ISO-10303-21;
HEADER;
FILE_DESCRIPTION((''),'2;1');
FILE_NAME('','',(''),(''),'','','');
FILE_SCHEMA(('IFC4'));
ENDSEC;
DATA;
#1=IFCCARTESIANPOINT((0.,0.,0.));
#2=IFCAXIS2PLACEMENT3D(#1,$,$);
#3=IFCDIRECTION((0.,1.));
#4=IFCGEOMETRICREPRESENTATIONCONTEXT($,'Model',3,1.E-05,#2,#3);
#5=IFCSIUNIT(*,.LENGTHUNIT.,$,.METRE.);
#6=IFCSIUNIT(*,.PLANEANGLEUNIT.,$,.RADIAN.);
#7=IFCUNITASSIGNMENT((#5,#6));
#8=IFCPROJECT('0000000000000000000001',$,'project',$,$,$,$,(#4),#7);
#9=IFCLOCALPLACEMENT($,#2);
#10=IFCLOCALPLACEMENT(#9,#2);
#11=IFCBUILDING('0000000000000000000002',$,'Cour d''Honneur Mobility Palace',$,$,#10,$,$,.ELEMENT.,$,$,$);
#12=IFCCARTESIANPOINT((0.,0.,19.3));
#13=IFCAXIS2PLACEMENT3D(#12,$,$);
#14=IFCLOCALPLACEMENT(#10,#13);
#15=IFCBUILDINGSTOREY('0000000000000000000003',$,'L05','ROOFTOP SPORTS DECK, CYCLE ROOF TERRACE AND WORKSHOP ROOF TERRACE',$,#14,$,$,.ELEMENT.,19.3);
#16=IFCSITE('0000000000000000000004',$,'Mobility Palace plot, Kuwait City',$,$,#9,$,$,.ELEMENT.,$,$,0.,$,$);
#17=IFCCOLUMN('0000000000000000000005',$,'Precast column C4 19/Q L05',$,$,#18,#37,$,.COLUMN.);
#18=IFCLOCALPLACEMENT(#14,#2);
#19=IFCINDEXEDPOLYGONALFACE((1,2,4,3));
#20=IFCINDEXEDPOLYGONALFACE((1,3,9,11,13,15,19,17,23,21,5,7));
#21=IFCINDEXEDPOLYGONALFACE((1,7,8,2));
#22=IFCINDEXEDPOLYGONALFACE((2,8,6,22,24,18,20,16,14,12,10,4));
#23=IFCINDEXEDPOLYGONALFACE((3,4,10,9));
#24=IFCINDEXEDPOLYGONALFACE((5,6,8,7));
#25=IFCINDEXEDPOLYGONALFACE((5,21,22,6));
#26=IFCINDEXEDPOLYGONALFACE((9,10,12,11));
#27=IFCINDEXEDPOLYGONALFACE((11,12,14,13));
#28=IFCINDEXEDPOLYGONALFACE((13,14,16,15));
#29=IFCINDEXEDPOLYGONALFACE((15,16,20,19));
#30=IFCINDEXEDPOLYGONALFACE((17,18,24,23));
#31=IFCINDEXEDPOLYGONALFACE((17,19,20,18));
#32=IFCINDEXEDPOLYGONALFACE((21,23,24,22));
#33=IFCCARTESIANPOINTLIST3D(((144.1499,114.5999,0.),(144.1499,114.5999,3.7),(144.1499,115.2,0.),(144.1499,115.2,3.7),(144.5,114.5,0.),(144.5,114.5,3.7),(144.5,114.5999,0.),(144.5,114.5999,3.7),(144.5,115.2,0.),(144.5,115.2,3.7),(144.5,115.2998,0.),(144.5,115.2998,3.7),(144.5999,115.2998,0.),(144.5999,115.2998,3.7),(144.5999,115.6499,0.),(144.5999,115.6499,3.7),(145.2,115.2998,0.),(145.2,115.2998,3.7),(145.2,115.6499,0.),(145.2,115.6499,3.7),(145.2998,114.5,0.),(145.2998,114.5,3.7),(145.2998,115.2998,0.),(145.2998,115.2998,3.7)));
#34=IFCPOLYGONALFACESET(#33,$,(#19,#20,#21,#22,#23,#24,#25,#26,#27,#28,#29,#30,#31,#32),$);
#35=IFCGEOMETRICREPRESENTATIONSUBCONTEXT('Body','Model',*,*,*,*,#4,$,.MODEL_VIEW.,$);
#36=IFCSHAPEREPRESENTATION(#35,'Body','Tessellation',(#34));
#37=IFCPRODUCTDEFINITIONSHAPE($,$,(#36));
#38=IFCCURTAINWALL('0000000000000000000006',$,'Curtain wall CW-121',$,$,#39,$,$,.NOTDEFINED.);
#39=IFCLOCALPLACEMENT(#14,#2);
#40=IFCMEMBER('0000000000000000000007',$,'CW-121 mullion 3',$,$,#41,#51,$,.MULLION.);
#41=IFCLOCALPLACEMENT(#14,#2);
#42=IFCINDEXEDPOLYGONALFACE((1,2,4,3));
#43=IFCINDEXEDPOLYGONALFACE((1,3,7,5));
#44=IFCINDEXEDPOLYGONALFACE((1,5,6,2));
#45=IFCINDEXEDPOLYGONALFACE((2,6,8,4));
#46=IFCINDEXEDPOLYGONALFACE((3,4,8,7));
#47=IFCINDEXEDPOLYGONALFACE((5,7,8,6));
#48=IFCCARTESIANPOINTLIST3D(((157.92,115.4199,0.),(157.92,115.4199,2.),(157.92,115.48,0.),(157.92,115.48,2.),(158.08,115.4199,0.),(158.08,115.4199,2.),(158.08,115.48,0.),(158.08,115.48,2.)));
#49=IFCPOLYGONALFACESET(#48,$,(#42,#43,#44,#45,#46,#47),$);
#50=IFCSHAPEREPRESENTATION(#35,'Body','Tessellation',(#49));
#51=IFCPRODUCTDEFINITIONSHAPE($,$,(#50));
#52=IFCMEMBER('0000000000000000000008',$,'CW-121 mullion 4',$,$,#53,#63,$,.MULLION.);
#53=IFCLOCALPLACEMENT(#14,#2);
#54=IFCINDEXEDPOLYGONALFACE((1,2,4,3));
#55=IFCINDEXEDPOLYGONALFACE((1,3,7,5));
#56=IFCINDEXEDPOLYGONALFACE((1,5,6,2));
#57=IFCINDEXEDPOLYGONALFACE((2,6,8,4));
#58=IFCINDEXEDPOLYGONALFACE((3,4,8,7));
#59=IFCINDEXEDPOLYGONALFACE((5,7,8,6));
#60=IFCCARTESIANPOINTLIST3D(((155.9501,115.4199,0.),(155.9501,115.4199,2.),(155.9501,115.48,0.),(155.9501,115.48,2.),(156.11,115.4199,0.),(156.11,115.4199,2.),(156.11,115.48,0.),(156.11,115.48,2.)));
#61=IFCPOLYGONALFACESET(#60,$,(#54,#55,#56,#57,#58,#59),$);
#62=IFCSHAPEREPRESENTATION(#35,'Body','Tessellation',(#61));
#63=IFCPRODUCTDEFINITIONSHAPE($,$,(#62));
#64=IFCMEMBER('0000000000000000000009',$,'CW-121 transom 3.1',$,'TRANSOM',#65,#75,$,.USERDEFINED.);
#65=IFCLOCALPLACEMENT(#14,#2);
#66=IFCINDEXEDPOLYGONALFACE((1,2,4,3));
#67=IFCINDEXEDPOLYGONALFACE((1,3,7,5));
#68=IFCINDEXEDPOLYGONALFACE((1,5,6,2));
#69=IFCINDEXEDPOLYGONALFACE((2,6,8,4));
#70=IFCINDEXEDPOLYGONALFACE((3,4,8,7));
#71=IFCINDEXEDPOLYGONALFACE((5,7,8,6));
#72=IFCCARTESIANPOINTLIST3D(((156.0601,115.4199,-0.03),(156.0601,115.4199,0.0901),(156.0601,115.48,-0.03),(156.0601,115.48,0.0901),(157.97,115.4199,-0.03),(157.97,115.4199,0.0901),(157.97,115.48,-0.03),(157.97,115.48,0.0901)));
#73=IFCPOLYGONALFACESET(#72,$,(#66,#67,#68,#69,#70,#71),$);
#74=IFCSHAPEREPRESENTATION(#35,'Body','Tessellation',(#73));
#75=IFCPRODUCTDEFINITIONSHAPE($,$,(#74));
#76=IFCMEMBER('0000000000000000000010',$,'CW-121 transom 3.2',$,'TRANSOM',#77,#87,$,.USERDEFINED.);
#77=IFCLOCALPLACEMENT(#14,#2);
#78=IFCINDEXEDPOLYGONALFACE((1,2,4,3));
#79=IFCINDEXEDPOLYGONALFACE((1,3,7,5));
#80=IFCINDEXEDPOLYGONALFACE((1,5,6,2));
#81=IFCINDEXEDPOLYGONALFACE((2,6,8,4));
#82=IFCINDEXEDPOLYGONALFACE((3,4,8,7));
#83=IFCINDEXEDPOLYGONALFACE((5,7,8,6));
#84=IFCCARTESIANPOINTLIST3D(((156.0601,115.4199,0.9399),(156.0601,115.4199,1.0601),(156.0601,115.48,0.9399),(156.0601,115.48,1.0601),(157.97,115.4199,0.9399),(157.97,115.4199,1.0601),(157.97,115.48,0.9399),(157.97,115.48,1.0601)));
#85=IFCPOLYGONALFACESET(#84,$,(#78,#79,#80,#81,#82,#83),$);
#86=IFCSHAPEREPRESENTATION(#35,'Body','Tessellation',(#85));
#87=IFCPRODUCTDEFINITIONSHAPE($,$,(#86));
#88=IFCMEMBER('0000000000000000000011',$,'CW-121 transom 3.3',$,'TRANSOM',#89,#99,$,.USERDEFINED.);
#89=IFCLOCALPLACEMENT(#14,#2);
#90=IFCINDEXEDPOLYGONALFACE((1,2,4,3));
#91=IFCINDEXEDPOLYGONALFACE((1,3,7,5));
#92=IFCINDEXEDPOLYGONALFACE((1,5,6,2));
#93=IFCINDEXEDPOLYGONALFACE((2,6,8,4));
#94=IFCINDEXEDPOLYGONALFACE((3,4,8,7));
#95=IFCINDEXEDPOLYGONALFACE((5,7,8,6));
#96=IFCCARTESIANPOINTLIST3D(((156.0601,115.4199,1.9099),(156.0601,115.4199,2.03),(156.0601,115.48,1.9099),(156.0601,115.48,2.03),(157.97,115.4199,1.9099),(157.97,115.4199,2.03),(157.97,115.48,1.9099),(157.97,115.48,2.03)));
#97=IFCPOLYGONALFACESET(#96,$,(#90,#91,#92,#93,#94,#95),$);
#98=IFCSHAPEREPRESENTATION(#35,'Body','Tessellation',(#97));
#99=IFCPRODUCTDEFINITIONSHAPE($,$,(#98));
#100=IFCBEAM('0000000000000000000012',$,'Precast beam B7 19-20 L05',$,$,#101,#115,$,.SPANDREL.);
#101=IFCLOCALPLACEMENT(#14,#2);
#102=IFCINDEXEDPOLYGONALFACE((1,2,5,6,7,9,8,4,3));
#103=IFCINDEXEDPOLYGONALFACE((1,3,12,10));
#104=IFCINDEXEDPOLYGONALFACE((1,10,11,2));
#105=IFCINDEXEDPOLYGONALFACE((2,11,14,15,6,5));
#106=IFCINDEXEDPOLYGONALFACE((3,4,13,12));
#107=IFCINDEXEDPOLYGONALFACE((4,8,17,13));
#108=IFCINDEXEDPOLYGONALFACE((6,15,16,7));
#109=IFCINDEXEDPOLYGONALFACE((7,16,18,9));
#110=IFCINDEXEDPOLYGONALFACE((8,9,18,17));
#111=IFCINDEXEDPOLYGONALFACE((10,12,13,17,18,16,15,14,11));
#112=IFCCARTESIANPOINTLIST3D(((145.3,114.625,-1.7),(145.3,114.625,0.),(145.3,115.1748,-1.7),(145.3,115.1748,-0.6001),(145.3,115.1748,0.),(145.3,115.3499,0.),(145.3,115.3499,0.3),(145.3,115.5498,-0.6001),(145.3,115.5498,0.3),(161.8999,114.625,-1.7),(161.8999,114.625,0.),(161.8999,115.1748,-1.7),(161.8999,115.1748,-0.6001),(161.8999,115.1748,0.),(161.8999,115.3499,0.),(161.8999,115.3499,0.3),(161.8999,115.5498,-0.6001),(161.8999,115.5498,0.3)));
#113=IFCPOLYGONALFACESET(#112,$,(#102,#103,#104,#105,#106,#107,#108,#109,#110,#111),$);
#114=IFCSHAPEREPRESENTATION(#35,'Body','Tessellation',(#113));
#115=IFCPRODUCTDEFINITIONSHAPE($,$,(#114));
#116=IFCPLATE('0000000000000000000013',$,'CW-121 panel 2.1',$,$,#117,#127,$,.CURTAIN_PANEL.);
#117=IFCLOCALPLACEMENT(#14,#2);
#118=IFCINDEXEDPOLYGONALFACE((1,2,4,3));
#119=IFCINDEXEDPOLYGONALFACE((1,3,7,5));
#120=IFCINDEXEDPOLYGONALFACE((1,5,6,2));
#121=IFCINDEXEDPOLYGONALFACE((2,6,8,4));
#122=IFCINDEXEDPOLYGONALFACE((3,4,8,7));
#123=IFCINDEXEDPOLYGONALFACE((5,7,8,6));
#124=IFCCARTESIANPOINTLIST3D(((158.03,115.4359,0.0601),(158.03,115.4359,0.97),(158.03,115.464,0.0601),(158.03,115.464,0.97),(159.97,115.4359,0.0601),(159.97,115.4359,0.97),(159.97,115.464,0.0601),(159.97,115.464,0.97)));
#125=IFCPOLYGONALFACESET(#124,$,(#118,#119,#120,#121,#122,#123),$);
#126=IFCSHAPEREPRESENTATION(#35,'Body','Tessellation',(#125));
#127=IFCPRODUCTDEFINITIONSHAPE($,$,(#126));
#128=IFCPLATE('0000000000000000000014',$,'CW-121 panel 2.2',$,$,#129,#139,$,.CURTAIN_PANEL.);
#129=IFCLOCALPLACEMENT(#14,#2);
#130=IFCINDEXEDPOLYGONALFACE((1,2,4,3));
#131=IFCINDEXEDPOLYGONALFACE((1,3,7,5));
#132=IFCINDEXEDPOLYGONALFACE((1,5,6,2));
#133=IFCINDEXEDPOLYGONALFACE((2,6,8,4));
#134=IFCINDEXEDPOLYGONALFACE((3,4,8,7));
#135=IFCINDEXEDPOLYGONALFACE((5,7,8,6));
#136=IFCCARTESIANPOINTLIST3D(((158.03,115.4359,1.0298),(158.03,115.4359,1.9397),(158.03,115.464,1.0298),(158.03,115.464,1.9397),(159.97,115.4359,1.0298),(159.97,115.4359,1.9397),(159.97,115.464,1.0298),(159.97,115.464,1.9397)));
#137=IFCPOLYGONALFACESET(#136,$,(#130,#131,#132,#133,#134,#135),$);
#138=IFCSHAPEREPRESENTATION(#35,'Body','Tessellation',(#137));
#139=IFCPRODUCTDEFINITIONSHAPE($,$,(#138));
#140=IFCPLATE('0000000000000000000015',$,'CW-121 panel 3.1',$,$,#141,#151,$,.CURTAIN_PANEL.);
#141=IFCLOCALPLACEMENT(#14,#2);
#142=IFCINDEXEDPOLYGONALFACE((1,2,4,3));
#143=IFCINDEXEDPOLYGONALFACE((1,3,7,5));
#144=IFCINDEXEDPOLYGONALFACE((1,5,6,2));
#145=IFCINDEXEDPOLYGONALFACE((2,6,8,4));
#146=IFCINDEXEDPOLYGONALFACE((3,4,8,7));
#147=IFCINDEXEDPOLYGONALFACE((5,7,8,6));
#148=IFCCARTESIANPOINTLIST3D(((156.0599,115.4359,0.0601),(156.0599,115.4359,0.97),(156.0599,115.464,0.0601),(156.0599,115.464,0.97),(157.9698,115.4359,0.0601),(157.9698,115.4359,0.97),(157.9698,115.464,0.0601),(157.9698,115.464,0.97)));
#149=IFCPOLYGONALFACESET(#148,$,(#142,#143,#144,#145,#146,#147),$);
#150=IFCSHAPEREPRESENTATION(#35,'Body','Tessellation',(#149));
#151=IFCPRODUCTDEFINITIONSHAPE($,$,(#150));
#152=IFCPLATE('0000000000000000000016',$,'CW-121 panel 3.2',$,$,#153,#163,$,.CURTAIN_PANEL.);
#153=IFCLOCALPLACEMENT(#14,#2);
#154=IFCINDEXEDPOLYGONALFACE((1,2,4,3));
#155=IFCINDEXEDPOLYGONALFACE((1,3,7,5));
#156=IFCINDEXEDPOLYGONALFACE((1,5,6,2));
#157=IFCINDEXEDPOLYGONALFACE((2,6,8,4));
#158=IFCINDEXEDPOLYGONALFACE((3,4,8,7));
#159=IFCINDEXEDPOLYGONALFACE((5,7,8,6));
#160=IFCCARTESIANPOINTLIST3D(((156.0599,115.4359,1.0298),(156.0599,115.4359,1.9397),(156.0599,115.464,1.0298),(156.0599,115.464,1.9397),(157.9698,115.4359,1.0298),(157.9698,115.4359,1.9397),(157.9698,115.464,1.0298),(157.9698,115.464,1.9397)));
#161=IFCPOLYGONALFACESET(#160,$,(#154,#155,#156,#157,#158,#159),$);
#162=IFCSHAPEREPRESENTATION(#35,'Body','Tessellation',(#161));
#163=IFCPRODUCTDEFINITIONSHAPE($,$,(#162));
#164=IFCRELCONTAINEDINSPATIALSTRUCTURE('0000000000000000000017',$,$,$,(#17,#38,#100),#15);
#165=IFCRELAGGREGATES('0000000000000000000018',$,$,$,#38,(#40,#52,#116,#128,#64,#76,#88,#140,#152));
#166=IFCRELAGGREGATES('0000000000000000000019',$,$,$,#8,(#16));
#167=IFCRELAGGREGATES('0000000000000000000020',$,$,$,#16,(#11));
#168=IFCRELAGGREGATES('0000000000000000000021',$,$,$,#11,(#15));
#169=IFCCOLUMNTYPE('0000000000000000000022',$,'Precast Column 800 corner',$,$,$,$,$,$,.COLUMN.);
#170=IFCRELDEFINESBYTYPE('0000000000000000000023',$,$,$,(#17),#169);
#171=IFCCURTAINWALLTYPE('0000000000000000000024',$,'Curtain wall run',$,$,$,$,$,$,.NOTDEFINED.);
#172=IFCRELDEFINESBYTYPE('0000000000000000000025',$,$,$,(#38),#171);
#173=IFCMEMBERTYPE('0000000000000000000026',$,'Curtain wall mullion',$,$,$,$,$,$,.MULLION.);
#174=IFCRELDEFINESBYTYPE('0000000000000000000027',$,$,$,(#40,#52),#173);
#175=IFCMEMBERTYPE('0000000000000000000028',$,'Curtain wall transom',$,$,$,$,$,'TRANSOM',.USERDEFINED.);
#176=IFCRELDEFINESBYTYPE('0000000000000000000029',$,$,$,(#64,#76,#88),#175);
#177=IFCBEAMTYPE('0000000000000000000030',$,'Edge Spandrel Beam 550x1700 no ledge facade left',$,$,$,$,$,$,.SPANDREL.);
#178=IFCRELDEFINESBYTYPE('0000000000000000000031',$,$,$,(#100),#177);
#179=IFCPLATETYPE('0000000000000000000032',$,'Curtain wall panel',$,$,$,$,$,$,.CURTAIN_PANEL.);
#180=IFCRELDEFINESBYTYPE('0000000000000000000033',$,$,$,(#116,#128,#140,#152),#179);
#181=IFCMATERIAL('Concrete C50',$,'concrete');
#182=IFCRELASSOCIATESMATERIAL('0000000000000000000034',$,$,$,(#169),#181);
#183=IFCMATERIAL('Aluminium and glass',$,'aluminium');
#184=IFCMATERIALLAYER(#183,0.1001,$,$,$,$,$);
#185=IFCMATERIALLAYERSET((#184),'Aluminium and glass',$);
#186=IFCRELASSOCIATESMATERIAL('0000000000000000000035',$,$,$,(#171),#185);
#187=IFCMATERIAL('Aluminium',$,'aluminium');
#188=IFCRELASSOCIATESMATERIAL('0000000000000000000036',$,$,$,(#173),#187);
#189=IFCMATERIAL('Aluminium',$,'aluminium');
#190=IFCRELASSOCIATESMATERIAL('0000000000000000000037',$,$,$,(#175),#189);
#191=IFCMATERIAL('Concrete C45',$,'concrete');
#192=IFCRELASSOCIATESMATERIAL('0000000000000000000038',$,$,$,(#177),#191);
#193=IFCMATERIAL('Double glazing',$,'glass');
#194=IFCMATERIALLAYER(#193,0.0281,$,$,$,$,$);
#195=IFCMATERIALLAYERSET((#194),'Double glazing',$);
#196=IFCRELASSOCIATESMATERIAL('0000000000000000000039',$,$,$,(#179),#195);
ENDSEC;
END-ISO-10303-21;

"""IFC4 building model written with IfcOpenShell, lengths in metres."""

from ifc_helpers import new_model, si_unit, direction, frame, origin, origin_2d, place, context, subcontext, project, spatial, polyline, rectangle, outline, extrude, material, layer, layer_set, material_profile, profile_set, type_object, element, aggregate, save


model = new_model("IFC4")

# Units and contexts
model_context = context("Model", 3, precision=1e-05, world=origin(), true_north=direction((0.0, 1.0)))
body_context = subcontext(model_context, "Body", "Model", "MODEL_VIEW")
ifc_project = project(units=[si_unit("LENGTHUNIT", "METRE"), si_unit("PLANEANGLEUNIT", "RADIAN")], contexts=[model_context])

# Site, building, storey
site_placement = place(None, origin())
site = spatial("IfcSite", under=ifc_project, at=site_placement, Name="Mobility Palace plot, Kuwait City", CompositionType="ELEMENT", RefElevation=0.0)
building_placement = place(site_placement, origin())
building = spatial("IfcBuilding", under=site, at=building_placement, Name="Cour d'Honneur Mobility Palace", CompositionType="ELEMENT")
storey_placement = place(building_placement, frame((0.0, 0.0, 19.3)))
storey = spatial("IfcBuildingStorey", under=building, at=storey_placement, Name="L05", Description="ROOFTOP SPORTS DECK, CYCLE ROOF TERRACE AND WORKSHOP ROOF TERRACE", CompositionType="ELEMENT", Elevation=19.3)

# Column
ifc_material_1 = material(Name="Concrete C50", Category="concrete")
ifc_material_profile_1 = material_profile(ifc_material_1, outline(polyline([(-0.3999, -0.3999), (0.3999, -0.3999), (0.3999, -0.3), (0.75, -0.3), (0.75, 0.3), (0.3999, 0.3), (0.3999, 0.3999), (0.3, 0.3999), (0.3, 0.75), (-0.3, 0.75), (-0.3, 0.3999), (-0.3999, 0.3999), (-0.3999, -0.3999)])), Name="PC C800 corner")
ifc_profile_set_1 = profile_set([ifc_material_profile_1], Name="Concrete C50")
column_type = type_object("IfcColumnType", Name="Precast Column 800 corner", PredefinedType="COLUMN", material=ifc_profile_set_1)
column_placement = place(storey_placement, frame((144.8999, 114.8999, 0.0), z_axis=(0.0, 0.0, 1.0), x_axis=(0.0, 1.0, 0.0)))
element("IfcColumn", 1, at=column_placement, inside=storey, type_object=column_type, Name="Precast column C4 19/Q L05", PredefinedType="COLUMN", context=body_context, shape_type="SweptSolid", body=[
    extrude(outline(polyline([(-0.3999, -0.3999), (0.3999, -0.3999), (0.3999, -0.3), (0.75, -0.3), (0.75, 0.3), (0.3999, 0.3), (0.3999, 0.3999), (0.3, 0.3999), (0.3, 0.75), (-0.3, 0.75), (-0.3, 0.3999), (-0.3999, 0.3999), (-0.3999, -0.3999)])), origin(), (0.0, 0.0, 1.0), 3.7),
])

# Curtain wall, members
ifc_material_2 = material(Name="Aluminium and glass", Category="aluminium")
ifc_layer_1 = layer(ifc_material_2, 0.1001)
ifc_layer_set_1 = layer_set([ifc_layer_1], Name="Aluminium and glass")
curtain_wall_type = type_object("IfcCurtainWallType", Name="Curtain wall run", PredefinedType="NOTDEFINED", material=ifc_layer_set_1)
curtain_wall_placement = place(storey_placement, origin())
curtain_wall = element("IfcCurtainWall", 2, at=curtain_wall_placement, inside=storey, type_object=curtain_wall_type, Name="Curtain wall CW-121", PredefinedType="NOTDEFINED")
ifc_material_3 = material(Name="Aluminium", Category="aluminium")
ifc_material_profile_2 = material_profile(ifc_material_3, rectangle(XDim=0.0601, YDim=0.1599, at=origin_2d()), Name="Curtain wall mullion")
ifc_profile_set_2 = profile_set([ifc_material_profile_2], Name="Aluminium")
member_type_1 = type_object("IfcMemberType", Name="Curtain wall mullion", PredefinedType="MULLION", material=ifc_profile_set_2)
member_1_placement = place(storey_placement, frame((158.0, 115.45, 0.0), z_axis=(0.0, 0.0, 1.0), x_axis=(0.0, -1.0, 0.0)))
member_1 = element("IfcMember", 3, at=member_1_placement, type_object=member_type_1, Name="CW-121 mullion 3", PredefinedType="MULLION", context=body_context, shape_type="SweptSolid", body=[
    extrude(rectangle(XDim=0.0601, YDim=0.1599, at=origin_2d()), origin(), (0.0, 0.0, 1.0), 2.0),
])
member_2_placement = place(storey_placement, frame((156.03, 115.45, 0.0), z_axis=(0.0, 0.0, 1.0), x_axis=(0.0, -1.0, 0.0)))
member_2 = element("IfcMember", 4, at=member_2_placement, type_object=member_type_1, Name="CW-121 mullion 4", PredefinedType="MULLION", context=body_context, shape_type="SweptSolid", body=[
    extrude(rectangle(XDim=0.0601, YDim=0.1599, at=origin_2d()), origin(), (0.0, 0.0, 1.0), 2.0),
])
ifc_material_4 = material(Name="Aluminium", Category="aluminium")
ifc_material_profile_3 = material_profile(ifc_material_4, rectangle(XDim=0.0601, YDim=0.1201, at=origin_2d()), Name="Curtain wall transom")
ifc_profile_set_3 = profile_set([ifc_material_profile_3], Name="Aluminium")
member_type_2 = type_object("IfcMemberType", Name="Curtain wall transom", ElementType="TRANSOM", PredefinedType="USERDEFINED", material=ifc_profile_set_3)
member_3_placement = place(storey_placement, frame((157.97, 115.45, 0.03), z_axis=(-1.0, 0.0, 0.0), x_axis=(0.0, -1.0, 0.0)))
member_3 = element("IfcMember", 5, at=member_3_placement, type_object=member_type_2, Name="CW-121 transom 3.1", ObjectType="TRANSOM", PredefinedType="USERDEFINED", context=body_context, shape_type="SweptSolid", body=[
    extrude(rectangle(XDim=0.0601, YDim=0.1201, at=origin_2d()), origin(), (0.0, 0.0, 1.0), 1.9099),
])
member_4_placement = place(storey_placement, frame((157.97, 115.45, 1.0), z_axis=(-1.0, 0.0, 0.0), x_axis=(0.0, -1.0, 0.0)))
member_4 = element("IfcMember", 6, at=member_4_placement, type_object=member_type_2, Name="CW-121 transom 3.2", ObjectType="TRANSOM", PredefinedType="USERDEFINED", context=body_context, shape_type="SweptSolid", body=[
    extrude(rectangle(XDim=0.0601, YDim=0.1201, at=origin_2d()), origin(), (0.0, 0.0, 1.0), 1.9099),
])
member_5_placement = place(storey_placement, frame((157.97, 115.45, 1.97), z_axis=(-1.0, 0.0, 0.0), x_axis=(0.0, -1.0, 0.0)))
member_5 = element("IfcMember", 7, at=member_5_placement, type_object=member_type_2, Name="CW-121 transom 3.3", ObjectType="TRANSOM", PredefinedType="USERDEFINED", context=body_context, shape_type="SweptSolid", body=[
    extrude(rectangle(XDim=0.0601, YDim=0.1201, at=origin_2d()), origin(), (0.0, 0.0, 1.0), 1.9099),
])

# Beam
ifc_material_5 = material(Name="Concrete C45", Category="concrete")
ifc_material_profile_4 = material_profile(ifc_material_5, outline(polyline([(0.2749, -1.7), (0.2749, -0.6001), (0.6499, -0.6001), (0.6499, 0.3), (0.45, 0.3), (0.45, 0.0), (0.2749, 0.0), (-0.2749, 0.0), (-0.2749, -1.7), (0.2749, -1.7)])), Name="Edge Spandrel Beam 550x1700 no ledge facade left")
ifc_profile_set_4 = profile_set([ifc_material_profile_4], Name="Concrete C45")
beam_type = type_object("IfcBeamType", Name="Edge Spandrel Beam 550x1700 no ledge facade left", PredefinedType="SPANDREL", material=ifc_profile_set_4)
beam_placement = place(storey_placement, frame((145.3, 114.8999, 0.0), z_axis=(1.0, 0.0, 0.0), x_axis=(0.0, 1.0, 0.0)))
element("IfcBeam", 8, at=beam_placement, inside=storey, type_object=beam_type, Name="Precast beam B7 19-20 L05", PredefinedType="SPANDREL", context=body_context, shape_type="SweptSolid", body=[
    extrude(outline(polyline([(0.2749, -1.7), (0.2749, -0.6001), (0.6499, -0.6001), (0.6499, 0.3), (0.45, 0.3), (0.45, 0.0), (0.2749, 0.0), (-0.2749, 0.0), (-0.2749, -1.7), (0.2749, -1.7)])), origin(), (0.0, 0.0, 1.0), 16.5999),
])

# Plates
ifc_material_6 = material(Name="Double glazing", Category="glass")
ifc_layer_2 = layer(ifc_material_6, 0.0281)
ifc_layer_set_2 = layer_set([ifc_layer_2], Name="Double glazing")
plate_type = type_object("IfcPlateType", Name="Curtain wall panel", PredefinedType="CURTAIN_PANEL", material=ifc_layer_set_2)
plate_1_placement = place(storey_placement, frame((159.0, 115.45, 0.0601), z_axis=(0.0, 0.0, 1.0), x_axis=(-1.0, 0.0, 0.0)))
plate_1 = element("IfcPlate", 9, at=plate_1_placement, type_object=plate_type, Name="CW-121 panel 2.1", PredefinedType="CURTAIN_PANEL", context=body_context, shape_type="SweptSolid", body=[
    extrude(rectangle(XDim=1.9399, YDim=0.0281, at=origin_2d()), origin(), (0.0, 0.0, 1.0), 0.9099),
])
plate_2_placement = place(storey_placement, frame((159.0, 115.45, 1.0298), z_axis=(0.0, 0.0, 1.0), x_axis=(-1.0, 0.0, 0.0)))
plate_2 = element("IfcPlate", 10, at=plate_2_placement, type_object=plate_type, Name="CW-121 panel 2.2", PredefinedType="CURTAIN_PANEL", context=body_context, shape_type="SweptSolid", body=[
    extrude(rectangle(XDim=1.9399, YDim=0.0281, at=origin_2d()), origin(), (0.0, 0.0, 1.0), 0.9099),
])
plate_3_placement = place(storey_placement, frame((157.0149, 115.45, 0.0601), z_axis=(0.0, 0.0, 1.0), x_axis=(-1.0, 0.0, 0.0)))
plate_3 = element("IfcPlate", 11, at=plate_3_placement, type_object=plate_type, Name="CW-121 panel 3.1", PredefinedType="CURTAIN_PANEL", context=body_context, shape_type="SweptSolid", body=[
    extrude(rectangle(XDim=1.9099, YDim=0.0281, at=origin_2d()), origin(), (0.0, 0.0, 1.0), 0.9099),
])
plate_4_placement = place(storey_placement, frame((157.0149, 115.45, 1.0298), z_axis=(0.0, 0.0, 1.0), x_axis=(-1.0, 0.0, 0.0)))
plate_4 = element("IfcPlate", 12, at=plate_4_placement, type_object=plate_type, Name="CW-121 panel 3.2", PredefinedType="CURTAIN_PANEL", context=body_context, shape_type="SweptSolid", body=[
    extrude(rectangle(XDim=1.9099, YDim=0.0281, at=origin_2d()), origin(), (0.0, 0.0, 1.0), 0.9099),
])
aggregate(curtain_wall, [member_1, member_2, plate_1, plate_2, member_3, member_4, member_5, plate_3, plate_4])

save(model, "model.ifc")
